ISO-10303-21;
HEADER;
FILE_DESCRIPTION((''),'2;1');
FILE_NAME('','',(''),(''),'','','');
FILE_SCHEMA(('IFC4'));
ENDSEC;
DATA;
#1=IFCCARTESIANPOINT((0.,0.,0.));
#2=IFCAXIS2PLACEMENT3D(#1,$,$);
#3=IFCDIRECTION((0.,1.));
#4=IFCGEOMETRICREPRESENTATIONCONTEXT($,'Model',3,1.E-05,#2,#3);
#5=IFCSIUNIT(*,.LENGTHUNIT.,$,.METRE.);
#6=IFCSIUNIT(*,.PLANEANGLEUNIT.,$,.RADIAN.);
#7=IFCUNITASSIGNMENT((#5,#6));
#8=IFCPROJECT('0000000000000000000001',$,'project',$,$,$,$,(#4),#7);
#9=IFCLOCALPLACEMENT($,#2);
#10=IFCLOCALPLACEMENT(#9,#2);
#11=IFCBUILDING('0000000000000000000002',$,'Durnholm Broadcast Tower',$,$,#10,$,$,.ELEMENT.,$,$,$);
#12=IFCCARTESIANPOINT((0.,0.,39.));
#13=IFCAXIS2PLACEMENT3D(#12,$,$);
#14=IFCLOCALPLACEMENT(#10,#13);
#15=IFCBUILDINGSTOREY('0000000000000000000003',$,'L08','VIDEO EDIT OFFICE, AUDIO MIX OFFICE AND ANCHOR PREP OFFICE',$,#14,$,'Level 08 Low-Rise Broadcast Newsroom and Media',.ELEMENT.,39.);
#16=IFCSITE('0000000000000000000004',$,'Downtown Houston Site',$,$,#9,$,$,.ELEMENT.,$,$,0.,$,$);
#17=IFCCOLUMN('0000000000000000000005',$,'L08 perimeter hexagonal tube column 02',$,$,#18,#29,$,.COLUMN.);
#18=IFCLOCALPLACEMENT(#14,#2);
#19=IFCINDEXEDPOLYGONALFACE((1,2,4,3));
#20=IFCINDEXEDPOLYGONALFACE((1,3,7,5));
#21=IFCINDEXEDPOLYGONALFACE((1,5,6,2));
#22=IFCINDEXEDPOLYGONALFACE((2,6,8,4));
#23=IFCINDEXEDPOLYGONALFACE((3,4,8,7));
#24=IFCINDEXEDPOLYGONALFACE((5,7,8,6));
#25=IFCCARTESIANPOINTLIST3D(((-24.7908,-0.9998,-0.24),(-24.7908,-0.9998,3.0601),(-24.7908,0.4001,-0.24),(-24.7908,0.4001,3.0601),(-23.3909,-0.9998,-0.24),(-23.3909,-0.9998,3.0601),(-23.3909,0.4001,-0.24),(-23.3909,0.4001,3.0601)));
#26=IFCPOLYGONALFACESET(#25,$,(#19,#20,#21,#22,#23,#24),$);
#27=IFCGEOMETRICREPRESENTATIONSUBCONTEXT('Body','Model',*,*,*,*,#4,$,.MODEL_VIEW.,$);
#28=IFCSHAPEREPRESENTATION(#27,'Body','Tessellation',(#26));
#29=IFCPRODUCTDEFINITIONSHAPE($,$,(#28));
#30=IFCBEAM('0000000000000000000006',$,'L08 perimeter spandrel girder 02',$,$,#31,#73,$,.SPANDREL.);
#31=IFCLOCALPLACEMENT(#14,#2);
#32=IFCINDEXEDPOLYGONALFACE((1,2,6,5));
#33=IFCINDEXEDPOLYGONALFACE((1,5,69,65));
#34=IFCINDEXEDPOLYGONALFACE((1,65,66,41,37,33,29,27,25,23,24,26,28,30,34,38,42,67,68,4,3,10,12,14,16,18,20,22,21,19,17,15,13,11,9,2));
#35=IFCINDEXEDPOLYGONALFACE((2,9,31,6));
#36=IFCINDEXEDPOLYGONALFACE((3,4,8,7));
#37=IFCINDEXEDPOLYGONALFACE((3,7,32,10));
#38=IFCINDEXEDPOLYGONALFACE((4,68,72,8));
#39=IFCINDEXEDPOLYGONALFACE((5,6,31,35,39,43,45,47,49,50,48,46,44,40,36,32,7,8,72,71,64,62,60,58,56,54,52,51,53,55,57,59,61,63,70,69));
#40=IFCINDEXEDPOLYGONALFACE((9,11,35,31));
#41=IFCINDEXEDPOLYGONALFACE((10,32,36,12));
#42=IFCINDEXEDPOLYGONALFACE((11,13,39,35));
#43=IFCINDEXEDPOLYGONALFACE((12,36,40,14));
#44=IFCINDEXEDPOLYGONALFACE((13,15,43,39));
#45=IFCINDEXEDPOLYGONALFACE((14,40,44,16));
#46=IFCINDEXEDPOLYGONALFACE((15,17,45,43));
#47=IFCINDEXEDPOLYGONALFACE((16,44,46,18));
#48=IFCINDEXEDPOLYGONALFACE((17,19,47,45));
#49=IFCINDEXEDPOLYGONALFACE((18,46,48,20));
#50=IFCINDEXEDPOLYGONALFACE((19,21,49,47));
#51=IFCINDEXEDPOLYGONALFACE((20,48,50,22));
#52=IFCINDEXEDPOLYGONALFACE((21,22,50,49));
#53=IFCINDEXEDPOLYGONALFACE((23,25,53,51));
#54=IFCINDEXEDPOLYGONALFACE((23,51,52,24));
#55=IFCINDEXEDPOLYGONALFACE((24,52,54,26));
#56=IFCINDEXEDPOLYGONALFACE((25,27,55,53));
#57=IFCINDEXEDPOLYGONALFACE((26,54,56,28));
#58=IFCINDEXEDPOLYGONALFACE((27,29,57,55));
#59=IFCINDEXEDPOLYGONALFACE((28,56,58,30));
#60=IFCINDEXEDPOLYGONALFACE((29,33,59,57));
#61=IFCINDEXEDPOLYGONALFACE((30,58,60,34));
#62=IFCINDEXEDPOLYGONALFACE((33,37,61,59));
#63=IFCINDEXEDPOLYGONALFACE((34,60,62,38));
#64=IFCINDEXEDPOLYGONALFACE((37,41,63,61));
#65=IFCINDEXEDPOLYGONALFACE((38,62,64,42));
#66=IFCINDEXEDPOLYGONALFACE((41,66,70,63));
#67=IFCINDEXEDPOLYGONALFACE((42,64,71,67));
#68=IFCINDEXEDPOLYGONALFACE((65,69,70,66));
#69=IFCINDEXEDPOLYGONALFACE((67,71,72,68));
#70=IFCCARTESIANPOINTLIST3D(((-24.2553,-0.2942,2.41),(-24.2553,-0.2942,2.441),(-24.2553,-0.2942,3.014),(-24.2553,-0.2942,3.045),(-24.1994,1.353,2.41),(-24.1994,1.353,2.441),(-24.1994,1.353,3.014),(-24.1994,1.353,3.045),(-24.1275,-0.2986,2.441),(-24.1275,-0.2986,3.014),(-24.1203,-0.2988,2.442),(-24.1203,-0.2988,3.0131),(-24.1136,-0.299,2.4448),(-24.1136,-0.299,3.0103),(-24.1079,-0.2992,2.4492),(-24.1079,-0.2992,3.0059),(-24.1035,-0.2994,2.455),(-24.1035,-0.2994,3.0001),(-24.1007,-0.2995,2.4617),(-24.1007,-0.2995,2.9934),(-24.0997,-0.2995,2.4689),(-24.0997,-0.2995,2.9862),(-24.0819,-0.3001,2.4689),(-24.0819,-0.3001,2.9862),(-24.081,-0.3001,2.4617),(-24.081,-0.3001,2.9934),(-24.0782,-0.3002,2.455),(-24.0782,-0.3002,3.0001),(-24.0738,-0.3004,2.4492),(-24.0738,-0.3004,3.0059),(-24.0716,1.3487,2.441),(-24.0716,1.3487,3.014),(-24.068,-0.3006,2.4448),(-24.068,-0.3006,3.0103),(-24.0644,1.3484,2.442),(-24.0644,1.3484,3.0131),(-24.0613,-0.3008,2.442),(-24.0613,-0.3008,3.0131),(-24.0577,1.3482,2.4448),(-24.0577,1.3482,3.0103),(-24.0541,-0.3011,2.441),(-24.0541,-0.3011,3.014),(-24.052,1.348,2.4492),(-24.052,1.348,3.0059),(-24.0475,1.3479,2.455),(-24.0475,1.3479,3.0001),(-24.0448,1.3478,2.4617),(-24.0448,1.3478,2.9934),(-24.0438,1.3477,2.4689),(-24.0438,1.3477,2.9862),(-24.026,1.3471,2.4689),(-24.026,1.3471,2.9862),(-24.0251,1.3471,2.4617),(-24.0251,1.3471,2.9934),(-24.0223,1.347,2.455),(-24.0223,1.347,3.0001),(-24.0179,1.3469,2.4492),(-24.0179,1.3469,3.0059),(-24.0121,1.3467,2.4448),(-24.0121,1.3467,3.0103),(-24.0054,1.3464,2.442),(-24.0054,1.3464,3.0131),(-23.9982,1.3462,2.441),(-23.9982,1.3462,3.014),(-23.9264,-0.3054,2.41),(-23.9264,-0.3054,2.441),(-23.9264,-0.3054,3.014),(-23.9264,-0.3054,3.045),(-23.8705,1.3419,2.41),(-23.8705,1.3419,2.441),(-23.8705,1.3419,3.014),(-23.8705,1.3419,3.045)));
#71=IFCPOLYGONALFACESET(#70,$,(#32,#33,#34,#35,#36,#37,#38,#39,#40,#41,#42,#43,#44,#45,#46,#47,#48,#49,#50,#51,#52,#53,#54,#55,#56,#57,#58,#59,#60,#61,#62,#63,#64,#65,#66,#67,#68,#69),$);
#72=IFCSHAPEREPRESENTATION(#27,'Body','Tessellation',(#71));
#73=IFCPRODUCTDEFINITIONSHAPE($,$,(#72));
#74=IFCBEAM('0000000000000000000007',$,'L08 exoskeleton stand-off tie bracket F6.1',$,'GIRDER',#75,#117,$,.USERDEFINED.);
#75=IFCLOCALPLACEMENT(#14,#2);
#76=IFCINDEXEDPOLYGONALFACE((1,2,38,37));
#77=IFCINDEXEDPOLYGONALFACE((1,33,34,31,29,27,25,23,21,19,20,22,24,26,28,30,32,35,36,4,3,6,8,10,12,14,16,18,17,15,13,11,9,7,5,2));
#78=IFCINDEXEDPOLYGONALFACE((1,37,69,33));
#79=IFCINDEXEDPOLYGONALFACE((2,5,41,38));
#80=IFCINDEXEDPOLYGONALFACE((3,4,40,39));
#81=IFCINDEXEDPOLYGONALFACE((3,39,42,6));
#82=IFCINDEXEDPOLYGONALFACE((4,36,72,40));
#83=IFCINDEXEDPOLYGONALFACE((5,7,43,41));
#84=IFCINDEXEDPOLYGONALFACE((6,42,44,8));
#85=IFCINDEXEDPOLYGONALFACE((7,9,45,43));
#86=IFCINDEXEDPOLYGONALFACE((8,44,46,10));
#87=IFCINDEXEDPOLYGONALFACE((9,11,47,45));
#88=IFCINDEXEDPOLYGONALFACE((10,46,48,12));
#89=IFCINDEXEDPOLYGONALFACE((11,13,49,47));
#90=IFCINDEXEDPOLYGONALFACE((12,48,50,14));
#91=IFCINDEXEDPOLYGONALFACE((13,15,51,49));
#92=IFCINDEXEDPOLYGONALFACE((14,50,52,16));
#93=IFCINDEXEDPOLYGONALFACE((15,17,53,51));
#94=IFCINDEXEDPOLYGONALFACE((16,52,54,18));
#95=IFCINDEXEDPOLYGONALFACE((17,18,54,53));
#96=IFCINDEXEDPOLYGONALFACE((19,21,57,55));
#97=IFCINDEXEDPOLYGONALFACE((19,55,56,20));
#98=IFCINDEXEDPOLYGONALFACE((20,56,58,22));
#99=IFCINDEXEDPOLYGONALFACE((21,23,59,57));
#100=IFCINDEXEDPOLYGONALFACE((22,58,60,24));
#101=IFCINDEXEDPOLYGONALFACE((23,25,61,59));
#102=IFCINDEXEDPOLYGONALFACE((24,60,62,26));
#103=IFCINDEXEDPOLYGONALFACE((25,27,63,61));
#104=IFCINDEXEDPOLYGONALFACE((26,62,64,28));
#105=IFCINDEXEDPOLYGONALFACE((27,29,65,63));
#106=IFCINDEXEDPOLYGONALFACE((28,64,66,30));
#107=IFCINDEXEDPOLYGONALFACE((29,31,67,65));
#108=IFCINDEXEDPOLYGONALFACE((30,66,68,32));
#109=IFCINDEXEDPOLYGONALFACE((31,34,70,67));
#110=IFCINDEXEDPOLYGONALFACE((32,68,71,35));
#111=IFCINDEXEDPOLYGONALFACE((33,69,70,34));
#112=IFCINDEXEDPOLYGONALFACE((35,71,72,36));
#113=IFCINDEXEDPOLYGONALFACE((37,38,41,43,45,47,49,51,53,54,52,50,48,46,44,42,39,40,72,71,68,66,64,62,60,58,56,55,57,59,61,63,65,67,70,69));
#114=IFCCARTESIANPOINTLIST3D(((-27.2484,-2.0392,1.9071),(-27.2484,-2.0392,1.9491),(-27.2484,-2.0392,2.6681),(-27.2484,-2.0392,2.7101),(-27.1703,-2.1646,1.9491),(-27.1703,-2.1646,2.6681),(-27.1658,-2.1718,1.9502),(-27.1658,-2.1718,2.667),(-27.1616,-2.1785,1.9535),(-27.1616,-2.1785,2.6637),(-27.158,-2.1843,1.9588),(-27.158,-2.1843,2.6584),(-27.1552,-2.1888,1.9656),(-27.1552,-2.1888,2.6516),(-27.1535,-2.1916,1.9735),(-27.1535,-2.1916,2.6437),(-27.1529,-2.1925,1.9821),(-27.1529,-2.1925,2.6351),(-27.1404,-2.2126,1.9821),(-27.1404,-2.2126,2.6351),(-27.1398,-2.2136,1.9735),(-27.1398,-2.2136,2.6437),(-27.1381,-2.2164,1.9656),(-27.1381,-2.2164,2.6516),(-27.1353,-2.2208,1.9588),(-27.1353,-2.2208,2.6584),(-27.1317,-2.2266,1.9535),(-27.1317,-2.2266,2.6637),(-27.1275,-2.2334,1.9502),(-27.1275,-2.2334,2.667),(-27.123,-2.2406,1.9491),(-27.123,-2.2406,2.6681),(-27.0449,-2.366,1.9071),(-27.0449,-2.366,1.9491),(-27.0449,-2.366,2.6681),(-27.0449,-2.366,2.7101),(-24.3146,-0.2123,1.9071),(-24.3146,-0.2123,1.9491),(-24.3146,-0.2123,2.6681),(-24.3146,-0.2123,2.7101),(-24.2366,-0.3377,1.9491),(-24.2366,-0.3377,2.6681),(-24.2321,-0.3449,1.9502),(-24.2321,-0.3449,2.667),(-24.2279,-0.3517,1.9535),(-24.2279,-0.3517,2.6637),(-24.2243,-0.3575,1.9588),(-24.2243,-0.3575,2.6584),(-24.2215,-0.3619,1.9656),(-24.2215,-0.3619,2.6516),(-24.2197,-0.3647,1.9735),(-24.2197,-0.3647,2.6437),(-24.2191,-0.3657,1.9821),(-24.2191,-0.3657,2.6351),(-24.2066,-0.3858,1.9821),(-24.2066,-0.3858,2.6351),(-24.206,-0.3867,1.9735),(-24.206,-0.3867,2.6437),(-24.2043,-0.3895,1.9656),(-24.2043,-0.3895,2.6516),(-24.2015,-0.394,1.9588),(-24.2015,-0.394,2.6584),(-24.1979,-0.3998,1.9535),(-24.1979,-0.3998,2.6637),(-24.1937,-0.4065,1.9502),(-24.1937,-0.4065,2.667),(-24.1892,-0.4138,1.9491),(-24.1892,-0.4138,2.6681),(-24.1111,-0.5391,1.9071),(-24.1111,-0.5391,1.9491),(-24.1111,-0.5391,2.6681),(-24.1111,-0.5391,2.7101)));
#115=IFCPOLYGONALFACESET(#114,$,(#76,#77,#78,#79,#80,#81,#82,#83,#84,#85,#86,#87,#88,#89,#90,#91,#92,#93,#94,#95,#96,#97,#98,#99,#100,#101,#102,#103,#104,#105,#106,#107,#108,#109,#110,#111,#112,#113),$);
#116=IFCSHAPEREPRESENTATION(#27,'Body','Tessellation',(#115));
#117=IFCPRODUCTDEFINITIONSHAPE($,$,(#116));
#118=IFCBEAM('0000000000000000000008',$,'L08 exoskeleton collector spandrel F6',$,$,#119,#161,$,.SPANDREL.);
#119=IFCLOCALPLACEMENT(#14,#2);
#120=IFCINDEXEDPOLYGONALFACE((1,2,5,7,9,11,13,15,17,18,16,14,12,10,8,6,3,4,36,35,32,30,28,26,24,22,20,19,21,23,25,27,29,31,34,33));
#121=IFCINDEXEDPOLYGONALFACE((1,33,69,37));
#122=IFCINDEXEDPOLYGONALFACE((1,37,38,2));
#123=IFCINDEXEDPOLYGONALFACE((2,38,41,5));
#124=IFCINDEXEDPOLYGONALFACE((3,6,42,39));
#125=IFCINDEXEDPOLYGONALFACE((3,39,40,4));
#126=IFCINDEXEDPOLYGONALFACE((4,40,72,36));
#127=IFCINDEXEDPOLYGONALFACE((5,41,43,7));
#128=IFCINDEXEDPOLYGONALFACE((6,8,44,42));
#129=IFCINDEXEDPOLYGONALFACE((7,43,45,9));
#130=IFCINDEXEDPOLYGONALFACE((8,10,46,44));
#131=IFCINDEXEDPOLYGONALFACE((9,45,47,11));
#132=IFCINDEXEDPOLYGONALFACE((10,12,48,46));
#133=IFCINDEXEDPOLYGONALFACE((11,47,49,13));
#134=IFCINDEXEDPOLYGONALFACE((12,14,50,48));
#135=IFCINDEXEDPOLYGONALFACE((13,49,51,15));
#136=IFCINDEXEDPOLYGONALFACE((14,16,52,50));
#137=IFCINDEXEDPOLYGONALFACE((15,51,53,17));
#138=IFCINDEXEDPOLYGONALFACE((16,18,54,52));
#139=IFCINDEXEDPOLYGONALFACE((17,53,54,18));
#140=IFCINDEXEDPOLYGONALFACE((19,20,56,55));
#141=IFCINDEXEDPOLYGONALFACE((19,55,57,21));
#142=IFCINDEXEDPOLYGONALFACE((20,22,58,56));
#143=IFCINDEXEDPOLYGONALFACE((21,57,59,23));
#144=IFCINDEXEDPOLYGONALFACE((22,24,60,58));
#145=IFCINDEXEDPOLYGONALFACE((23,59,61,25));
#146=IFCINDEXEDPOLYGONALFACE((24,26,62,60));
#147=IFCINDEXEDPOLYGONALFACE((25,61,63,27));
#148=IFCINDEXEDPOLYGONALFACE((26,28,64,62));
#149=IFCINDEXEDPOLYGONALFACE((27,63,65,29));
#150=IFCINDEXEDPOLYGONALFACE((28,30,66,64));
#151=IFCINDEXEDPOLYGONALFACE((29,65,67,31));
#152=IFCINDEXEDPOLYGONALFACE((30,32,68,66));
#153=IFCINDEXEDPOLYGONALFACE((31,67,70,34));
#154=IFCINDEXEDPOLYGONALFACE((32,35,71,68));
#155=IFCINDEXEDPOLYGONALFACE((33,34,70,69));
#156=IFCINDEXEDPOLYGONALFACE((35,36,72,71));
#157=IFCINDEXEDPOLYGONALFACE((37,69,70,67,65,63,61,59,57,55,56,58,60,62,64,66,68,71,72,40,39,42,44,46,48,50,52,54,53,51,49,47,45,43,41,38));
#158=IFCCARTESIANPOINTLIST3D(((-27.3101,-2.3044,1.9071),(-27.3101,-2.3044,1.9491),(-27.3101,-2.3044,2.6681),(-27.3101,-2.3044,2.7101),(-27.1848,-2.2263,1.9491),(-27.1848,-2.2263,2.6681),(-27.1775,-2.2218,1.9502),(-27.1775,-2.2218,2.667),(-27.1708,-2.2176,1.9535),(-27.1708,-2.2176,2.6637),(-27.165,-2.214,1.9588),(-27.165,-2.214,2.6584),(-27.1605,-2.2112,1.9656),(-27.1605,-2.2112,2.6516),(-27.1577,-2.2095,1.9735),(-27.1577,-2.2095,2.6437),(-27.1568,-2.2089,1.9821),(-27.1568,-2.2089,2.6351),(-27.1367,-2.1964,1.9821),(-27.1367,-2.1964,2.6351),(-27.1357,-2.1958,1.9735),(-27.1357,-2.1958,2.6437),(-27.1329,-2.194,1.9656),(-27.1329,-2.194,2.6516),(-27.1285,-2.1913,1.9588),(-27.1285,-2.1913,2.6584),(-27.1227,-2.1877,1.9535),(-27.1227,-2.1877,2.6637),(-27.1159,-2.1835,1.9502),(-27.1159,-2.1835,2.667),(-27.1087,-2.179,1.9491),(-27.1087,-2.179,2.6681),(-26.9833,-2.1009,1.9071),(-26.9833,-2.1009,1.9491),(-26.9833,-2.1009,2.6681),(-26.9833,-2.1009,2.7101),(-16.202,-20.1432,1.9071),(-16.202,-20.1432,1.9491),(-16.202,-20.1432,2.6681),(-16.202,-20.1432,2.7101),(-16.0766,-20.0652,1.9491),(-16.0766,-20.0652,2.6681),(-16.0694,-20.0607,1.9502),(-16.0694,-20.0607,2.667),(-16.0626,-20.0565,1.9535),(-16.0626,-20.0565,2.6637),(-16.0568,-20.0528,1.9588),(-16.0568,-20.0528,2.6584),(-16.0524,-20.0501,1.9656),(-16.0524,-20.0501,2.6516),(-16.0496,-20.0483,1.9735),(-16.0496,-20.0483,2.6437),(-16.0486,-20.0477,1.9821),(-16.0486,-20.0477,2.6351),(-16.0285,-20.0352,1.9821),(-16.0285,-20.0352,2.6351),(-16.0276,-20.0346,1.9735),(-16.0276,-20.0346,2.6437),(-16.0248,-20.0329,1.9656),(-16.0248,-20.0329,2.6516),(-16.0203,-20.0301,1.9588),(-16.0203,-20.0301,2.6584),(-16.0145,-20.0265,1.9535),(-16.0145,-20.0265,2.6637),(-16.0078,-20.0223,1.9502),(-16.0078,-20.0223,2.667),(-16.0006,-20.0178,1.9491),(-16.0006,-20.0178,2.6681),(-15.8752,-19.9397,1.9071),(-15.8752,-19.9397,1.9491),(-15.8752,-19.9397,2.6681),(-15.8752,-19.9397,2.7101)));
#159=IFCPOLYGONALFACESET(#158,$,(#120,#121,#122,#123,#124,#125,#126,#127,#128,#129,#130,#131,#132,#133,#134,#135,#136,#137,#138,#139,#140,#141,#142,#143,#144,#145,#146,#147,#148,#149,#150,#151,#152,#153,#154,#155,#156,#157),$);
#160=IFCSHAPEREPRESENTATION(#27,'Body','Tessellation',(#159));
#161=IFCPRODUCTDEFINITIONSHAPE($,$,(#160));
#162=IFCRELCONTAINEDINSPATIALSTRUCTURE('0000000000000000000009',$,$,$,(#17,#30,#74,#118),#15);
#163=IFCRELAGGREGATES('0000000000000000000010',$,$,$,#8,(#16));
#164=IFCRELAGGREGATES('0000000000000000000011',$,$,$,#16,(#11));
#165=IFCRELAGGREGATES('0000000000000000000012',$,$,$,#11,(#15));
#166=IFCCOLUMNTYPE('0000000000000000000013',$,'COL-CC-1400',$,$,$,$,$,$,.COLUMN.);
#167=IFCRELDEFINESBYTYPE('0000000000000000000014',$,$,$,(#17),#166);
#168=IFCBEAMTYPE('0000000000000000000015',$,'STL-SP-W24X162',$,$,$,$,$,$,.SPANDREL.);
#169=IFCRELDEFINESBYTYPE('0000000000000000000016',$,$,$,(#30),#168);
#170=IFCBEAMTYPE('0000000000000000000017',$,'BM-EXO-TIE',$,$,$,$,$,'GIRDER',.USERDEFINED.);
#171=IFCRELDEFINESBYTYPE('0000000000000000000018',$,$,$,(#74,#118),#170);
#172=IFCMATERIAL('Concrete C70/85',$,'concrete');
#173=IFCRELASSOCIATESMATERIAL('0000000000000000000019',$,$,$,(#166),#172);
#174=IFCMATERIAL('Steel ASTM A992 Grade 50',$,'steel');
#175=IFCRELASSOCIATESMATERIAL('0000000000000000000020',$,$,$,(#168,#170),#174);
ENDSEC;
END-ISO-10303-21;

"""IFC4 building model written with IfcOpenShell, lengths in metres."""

from ifc_helpers import new_model, si_unit, direction, frame, origin, origin_2d, place, context, subcontext, project, spatial, rectangle, i_section, extrude, source, transform, mapped, material, material_profile, profile_set, type_object, type_shapes, element, save


model = new_model("IFC4")

# Units and contexts
model_context = context("Model", 3, precision=1e-05, world=origin(), true_north=direction((0.0, 1.0)))
body_context = subcontext(model_context, "Body", "Model", "MODEL_VIEW")
ifc_project = project(units=[si_unit("LENGTHUNIT", "METRE"), si_unit("PLANEANGLEUNIT", "RADIAN")], contexts=[model_context])

# Site, building, storey
site_placement = place(None, origin())
site = spatial("IfcSite", under=ifc_project, at=site_placement, Name="Downtown Houston Site", CompositionType="ELEMENT", RefElevation=0.0)
building_placement = place(site_placement, origin())
building = spatial("IfcBuilding", under=site, at=building_placement, Name="Durnholm Broadcast Tower", CompositionType="ELEMENT")
storey_placement = place(building_placement, frame((0.0, 0.0, 39.0)))
storey = spatial("IfcBuildingStorey", under=building, at=storey_placement, Name="L08", Description="VIDEO EDIT OFFICE, AUDIO MIX OFFICE AND ANCHOR PREP OFFICE", LongName="Level 08 Low-Rise Broadcast Newsroom and Media", CompositionType="ELEMENT", Elevation=39.0)

# Column
ifc_material_1 = material(Name="Concrete C70/85", Category="concrete")
ifc_material_profile_1 = material_profile(ifc_material_1, rectangle(XDim=1.3999, YDim=1.3999, at=origin_2d()), Name="RC1400X1400")
ifc_profile_set_1 = profile_set([ifc_material_profile_1], Name="Concrete C70/85")
column_type = type_object("IfcColumnType", Name="COL-CC-1400", PredefinedType="COLUMN", material=ifc_profile_set_1)
shared_shape_1 = source(origin(), body_context, "Body", "SweptSolid", [
    extrude(rectangle(XDim=1.3999, YDim=1.3999, at=origin_2d()), origin(), (0.0, 0.0, 1.0), 3.3),
])
type_shapes(column_type, [shared_shape_1])
column_placement = place(storey_placement, frame((-24.0908, -0.2998, -0.24), z_axis=(0.0, 0.0, 1.0), x_axis=(1.0, 0.0, 0.0)))
element("IfcColumn", 1, at=column_placement, inside=storey, type_object=column_type, Name="L08 perimeter hexagonal tube column 02", PredefinedType="COLUMN", context=body_context, shape_type="MappedRepresentation", body=[
    mapped(shared_shape_1, transform((0.0, 0.0, 0.0), x_axis=(1.0, 0.0, 0.0), y_axis=(0.0, 1.0, 0.0), z_axis=(0.0, 0.0, 1.0), scale=1.0)),
])

# Beams
ifc_material_2 = material(Name="Steel ASTM A992 Grade 50", Category="steel")
ifc_material_profile_2 = material_profile(ifc_material_2, i_section(OverallWidth=0.3291, OverallDepth=0.635, WebThickness=0.0178, FlangeThickness=0.031, FilletRadius=0.0278, at=origin_2d()), Name="W24X162")
ifc_profile_set_2 = profile_set([ifc_material_profile_2], Name="Steel ASTM A992 Grade 50")
beam_type_1 = type_object("IfcBeamType", Name="STL-SP-W24X162", PredefinedType="SPANDREL", material=ifc_profile_set_2)
shared_shape_2 = source(origin(), body_context, "Body", "SweptSolid", [
    extrude(i_section(OverallWidth=0.3291, OverallDepth=0.635, WebThickness=0.0178, FlangeThickness=0.031, FilletRadius=0.0278, at=origin_2d()), origin(), (0.0, 0.0, 1.0), 1.6482),
])
type_shapes(beam_type_1, [shared_shape_2])
beam_1_placement = place(storey_placement, frame((-24.0908, -0.2998, 2.7275), z_axis=(0.033921, 0.999425, 0.0), x_axis=(-0.999425, 0.033921, 0.0)))
element("IfcBeam", 2, at=beam_1_placement, inside=storey, type_object=beam_type_1, Name="L08 perimeter spandrel girder 02", PredefinedType="SPANDREL", context=body_context, shape_type="MappedRepresentation", body=[
    mapped(shared_shape_2, transform((0.0, 0.0, 0.0), x_axis=(1.0, 0.0, 0.0), y_axis=(0.0, 1.0, 0.0), z_axis=(0.0, 0.0, 1.0), scale=1.0)),
])
ifc_material_profile_3 = material_profile(ifc_material_2, i_section(OverallWidth=0.385, OverallDepth=0.803, WebThickness=0.0237, FlangeThickness=0.042, FilletRadius=0.033, at=origin_2d()), Name="W30X261")
ifc_profile_set_3 = profile_set([ifc_material_profile_3], Name="Steel ASTM A992 Grade 50")
beam_type_2 = type_object("IfcBeamType", Name="BM-EXO-TIE", ElementType="GIRDER", PredefinedType="USERDEFINED", material=ifc_profile_set_3)
shared_shape_3 = source(origin(), body_context, "Body", "SweptSolid", [
    extrude(i_section(OverallWidth=0.385, OverallDepth=0.803, WebThickness=0.0237, FlangeThickness=0.042, FilletRadius=0.033, at=origin_2d()), origin(), (0.0, 0.0, 1.0), 3.4561),
])
beam_2_placement = place(storey_placement, frame((-24.2129, -0.3757, 2.3086), z_axis=(-0.848874, -0.528595, 0.0), x_axis=(0.528595, -0.848874, 0.0)))
element("IfcBeam", 3, at=beam_2_placement, inside=storey, type_object=beam_type_2, Name="L08 exoskeleton stand-off tie bracket F6.1", ObjectType="GIRDER", PredefinedType="USERDEFINED", context=body_context, shape_type="MappedRepresentation", body=[
    mapped(shared_shape_3, transform((0.0, 0.0, 0.0), x_axis=(1.0, 0.0, 0.0), y_axis=(0.0, 1.0, 0.0), z_axis=(0.0, 0.0, 1.0), scale=1.0)),
])
shared_shape_4 = source(origin(), body_context, "Body", "SweptSolid", [
    extrude(i_section(OverallWidth=0.385, OverallDepth=0.803, WebThickness=0.0237, FlangeThickness=0.042, FilletRadius=0.033, at=origin_2d()), origin(), (0.0, 0.0, 1.0), 21.0146),
])
type_shapes(beam_type_2, [shared_shape_3, shared_shape_4])
beam_3_placement = place(storey_placement, frame((-27.1467, -2.2026, 2.3086), z_axis=(0.528591, -0.848877, 0.0), x_axis=(0.848877, 0.528591, 0.0)))
element("IfcBeam", 4, at=beam_3_placement, inside=storey, type_object=beam_type_2, Name="L08 exoskeleton collector spandrel F6", PredefinedType="SPANDREL", context=body_context, shape_type="MappedRepresentation", body=[
    mapped(shared_shape_4, transform((0.0, 0.0, 0.0), x_axis=(1.0, 0.0, 0.0), y_axis=(0.0, 1.0, 0.0), z_axis=(0.0, 0.0, 1.0), scale=1.0)),
])

save(model, "model.ifc")
